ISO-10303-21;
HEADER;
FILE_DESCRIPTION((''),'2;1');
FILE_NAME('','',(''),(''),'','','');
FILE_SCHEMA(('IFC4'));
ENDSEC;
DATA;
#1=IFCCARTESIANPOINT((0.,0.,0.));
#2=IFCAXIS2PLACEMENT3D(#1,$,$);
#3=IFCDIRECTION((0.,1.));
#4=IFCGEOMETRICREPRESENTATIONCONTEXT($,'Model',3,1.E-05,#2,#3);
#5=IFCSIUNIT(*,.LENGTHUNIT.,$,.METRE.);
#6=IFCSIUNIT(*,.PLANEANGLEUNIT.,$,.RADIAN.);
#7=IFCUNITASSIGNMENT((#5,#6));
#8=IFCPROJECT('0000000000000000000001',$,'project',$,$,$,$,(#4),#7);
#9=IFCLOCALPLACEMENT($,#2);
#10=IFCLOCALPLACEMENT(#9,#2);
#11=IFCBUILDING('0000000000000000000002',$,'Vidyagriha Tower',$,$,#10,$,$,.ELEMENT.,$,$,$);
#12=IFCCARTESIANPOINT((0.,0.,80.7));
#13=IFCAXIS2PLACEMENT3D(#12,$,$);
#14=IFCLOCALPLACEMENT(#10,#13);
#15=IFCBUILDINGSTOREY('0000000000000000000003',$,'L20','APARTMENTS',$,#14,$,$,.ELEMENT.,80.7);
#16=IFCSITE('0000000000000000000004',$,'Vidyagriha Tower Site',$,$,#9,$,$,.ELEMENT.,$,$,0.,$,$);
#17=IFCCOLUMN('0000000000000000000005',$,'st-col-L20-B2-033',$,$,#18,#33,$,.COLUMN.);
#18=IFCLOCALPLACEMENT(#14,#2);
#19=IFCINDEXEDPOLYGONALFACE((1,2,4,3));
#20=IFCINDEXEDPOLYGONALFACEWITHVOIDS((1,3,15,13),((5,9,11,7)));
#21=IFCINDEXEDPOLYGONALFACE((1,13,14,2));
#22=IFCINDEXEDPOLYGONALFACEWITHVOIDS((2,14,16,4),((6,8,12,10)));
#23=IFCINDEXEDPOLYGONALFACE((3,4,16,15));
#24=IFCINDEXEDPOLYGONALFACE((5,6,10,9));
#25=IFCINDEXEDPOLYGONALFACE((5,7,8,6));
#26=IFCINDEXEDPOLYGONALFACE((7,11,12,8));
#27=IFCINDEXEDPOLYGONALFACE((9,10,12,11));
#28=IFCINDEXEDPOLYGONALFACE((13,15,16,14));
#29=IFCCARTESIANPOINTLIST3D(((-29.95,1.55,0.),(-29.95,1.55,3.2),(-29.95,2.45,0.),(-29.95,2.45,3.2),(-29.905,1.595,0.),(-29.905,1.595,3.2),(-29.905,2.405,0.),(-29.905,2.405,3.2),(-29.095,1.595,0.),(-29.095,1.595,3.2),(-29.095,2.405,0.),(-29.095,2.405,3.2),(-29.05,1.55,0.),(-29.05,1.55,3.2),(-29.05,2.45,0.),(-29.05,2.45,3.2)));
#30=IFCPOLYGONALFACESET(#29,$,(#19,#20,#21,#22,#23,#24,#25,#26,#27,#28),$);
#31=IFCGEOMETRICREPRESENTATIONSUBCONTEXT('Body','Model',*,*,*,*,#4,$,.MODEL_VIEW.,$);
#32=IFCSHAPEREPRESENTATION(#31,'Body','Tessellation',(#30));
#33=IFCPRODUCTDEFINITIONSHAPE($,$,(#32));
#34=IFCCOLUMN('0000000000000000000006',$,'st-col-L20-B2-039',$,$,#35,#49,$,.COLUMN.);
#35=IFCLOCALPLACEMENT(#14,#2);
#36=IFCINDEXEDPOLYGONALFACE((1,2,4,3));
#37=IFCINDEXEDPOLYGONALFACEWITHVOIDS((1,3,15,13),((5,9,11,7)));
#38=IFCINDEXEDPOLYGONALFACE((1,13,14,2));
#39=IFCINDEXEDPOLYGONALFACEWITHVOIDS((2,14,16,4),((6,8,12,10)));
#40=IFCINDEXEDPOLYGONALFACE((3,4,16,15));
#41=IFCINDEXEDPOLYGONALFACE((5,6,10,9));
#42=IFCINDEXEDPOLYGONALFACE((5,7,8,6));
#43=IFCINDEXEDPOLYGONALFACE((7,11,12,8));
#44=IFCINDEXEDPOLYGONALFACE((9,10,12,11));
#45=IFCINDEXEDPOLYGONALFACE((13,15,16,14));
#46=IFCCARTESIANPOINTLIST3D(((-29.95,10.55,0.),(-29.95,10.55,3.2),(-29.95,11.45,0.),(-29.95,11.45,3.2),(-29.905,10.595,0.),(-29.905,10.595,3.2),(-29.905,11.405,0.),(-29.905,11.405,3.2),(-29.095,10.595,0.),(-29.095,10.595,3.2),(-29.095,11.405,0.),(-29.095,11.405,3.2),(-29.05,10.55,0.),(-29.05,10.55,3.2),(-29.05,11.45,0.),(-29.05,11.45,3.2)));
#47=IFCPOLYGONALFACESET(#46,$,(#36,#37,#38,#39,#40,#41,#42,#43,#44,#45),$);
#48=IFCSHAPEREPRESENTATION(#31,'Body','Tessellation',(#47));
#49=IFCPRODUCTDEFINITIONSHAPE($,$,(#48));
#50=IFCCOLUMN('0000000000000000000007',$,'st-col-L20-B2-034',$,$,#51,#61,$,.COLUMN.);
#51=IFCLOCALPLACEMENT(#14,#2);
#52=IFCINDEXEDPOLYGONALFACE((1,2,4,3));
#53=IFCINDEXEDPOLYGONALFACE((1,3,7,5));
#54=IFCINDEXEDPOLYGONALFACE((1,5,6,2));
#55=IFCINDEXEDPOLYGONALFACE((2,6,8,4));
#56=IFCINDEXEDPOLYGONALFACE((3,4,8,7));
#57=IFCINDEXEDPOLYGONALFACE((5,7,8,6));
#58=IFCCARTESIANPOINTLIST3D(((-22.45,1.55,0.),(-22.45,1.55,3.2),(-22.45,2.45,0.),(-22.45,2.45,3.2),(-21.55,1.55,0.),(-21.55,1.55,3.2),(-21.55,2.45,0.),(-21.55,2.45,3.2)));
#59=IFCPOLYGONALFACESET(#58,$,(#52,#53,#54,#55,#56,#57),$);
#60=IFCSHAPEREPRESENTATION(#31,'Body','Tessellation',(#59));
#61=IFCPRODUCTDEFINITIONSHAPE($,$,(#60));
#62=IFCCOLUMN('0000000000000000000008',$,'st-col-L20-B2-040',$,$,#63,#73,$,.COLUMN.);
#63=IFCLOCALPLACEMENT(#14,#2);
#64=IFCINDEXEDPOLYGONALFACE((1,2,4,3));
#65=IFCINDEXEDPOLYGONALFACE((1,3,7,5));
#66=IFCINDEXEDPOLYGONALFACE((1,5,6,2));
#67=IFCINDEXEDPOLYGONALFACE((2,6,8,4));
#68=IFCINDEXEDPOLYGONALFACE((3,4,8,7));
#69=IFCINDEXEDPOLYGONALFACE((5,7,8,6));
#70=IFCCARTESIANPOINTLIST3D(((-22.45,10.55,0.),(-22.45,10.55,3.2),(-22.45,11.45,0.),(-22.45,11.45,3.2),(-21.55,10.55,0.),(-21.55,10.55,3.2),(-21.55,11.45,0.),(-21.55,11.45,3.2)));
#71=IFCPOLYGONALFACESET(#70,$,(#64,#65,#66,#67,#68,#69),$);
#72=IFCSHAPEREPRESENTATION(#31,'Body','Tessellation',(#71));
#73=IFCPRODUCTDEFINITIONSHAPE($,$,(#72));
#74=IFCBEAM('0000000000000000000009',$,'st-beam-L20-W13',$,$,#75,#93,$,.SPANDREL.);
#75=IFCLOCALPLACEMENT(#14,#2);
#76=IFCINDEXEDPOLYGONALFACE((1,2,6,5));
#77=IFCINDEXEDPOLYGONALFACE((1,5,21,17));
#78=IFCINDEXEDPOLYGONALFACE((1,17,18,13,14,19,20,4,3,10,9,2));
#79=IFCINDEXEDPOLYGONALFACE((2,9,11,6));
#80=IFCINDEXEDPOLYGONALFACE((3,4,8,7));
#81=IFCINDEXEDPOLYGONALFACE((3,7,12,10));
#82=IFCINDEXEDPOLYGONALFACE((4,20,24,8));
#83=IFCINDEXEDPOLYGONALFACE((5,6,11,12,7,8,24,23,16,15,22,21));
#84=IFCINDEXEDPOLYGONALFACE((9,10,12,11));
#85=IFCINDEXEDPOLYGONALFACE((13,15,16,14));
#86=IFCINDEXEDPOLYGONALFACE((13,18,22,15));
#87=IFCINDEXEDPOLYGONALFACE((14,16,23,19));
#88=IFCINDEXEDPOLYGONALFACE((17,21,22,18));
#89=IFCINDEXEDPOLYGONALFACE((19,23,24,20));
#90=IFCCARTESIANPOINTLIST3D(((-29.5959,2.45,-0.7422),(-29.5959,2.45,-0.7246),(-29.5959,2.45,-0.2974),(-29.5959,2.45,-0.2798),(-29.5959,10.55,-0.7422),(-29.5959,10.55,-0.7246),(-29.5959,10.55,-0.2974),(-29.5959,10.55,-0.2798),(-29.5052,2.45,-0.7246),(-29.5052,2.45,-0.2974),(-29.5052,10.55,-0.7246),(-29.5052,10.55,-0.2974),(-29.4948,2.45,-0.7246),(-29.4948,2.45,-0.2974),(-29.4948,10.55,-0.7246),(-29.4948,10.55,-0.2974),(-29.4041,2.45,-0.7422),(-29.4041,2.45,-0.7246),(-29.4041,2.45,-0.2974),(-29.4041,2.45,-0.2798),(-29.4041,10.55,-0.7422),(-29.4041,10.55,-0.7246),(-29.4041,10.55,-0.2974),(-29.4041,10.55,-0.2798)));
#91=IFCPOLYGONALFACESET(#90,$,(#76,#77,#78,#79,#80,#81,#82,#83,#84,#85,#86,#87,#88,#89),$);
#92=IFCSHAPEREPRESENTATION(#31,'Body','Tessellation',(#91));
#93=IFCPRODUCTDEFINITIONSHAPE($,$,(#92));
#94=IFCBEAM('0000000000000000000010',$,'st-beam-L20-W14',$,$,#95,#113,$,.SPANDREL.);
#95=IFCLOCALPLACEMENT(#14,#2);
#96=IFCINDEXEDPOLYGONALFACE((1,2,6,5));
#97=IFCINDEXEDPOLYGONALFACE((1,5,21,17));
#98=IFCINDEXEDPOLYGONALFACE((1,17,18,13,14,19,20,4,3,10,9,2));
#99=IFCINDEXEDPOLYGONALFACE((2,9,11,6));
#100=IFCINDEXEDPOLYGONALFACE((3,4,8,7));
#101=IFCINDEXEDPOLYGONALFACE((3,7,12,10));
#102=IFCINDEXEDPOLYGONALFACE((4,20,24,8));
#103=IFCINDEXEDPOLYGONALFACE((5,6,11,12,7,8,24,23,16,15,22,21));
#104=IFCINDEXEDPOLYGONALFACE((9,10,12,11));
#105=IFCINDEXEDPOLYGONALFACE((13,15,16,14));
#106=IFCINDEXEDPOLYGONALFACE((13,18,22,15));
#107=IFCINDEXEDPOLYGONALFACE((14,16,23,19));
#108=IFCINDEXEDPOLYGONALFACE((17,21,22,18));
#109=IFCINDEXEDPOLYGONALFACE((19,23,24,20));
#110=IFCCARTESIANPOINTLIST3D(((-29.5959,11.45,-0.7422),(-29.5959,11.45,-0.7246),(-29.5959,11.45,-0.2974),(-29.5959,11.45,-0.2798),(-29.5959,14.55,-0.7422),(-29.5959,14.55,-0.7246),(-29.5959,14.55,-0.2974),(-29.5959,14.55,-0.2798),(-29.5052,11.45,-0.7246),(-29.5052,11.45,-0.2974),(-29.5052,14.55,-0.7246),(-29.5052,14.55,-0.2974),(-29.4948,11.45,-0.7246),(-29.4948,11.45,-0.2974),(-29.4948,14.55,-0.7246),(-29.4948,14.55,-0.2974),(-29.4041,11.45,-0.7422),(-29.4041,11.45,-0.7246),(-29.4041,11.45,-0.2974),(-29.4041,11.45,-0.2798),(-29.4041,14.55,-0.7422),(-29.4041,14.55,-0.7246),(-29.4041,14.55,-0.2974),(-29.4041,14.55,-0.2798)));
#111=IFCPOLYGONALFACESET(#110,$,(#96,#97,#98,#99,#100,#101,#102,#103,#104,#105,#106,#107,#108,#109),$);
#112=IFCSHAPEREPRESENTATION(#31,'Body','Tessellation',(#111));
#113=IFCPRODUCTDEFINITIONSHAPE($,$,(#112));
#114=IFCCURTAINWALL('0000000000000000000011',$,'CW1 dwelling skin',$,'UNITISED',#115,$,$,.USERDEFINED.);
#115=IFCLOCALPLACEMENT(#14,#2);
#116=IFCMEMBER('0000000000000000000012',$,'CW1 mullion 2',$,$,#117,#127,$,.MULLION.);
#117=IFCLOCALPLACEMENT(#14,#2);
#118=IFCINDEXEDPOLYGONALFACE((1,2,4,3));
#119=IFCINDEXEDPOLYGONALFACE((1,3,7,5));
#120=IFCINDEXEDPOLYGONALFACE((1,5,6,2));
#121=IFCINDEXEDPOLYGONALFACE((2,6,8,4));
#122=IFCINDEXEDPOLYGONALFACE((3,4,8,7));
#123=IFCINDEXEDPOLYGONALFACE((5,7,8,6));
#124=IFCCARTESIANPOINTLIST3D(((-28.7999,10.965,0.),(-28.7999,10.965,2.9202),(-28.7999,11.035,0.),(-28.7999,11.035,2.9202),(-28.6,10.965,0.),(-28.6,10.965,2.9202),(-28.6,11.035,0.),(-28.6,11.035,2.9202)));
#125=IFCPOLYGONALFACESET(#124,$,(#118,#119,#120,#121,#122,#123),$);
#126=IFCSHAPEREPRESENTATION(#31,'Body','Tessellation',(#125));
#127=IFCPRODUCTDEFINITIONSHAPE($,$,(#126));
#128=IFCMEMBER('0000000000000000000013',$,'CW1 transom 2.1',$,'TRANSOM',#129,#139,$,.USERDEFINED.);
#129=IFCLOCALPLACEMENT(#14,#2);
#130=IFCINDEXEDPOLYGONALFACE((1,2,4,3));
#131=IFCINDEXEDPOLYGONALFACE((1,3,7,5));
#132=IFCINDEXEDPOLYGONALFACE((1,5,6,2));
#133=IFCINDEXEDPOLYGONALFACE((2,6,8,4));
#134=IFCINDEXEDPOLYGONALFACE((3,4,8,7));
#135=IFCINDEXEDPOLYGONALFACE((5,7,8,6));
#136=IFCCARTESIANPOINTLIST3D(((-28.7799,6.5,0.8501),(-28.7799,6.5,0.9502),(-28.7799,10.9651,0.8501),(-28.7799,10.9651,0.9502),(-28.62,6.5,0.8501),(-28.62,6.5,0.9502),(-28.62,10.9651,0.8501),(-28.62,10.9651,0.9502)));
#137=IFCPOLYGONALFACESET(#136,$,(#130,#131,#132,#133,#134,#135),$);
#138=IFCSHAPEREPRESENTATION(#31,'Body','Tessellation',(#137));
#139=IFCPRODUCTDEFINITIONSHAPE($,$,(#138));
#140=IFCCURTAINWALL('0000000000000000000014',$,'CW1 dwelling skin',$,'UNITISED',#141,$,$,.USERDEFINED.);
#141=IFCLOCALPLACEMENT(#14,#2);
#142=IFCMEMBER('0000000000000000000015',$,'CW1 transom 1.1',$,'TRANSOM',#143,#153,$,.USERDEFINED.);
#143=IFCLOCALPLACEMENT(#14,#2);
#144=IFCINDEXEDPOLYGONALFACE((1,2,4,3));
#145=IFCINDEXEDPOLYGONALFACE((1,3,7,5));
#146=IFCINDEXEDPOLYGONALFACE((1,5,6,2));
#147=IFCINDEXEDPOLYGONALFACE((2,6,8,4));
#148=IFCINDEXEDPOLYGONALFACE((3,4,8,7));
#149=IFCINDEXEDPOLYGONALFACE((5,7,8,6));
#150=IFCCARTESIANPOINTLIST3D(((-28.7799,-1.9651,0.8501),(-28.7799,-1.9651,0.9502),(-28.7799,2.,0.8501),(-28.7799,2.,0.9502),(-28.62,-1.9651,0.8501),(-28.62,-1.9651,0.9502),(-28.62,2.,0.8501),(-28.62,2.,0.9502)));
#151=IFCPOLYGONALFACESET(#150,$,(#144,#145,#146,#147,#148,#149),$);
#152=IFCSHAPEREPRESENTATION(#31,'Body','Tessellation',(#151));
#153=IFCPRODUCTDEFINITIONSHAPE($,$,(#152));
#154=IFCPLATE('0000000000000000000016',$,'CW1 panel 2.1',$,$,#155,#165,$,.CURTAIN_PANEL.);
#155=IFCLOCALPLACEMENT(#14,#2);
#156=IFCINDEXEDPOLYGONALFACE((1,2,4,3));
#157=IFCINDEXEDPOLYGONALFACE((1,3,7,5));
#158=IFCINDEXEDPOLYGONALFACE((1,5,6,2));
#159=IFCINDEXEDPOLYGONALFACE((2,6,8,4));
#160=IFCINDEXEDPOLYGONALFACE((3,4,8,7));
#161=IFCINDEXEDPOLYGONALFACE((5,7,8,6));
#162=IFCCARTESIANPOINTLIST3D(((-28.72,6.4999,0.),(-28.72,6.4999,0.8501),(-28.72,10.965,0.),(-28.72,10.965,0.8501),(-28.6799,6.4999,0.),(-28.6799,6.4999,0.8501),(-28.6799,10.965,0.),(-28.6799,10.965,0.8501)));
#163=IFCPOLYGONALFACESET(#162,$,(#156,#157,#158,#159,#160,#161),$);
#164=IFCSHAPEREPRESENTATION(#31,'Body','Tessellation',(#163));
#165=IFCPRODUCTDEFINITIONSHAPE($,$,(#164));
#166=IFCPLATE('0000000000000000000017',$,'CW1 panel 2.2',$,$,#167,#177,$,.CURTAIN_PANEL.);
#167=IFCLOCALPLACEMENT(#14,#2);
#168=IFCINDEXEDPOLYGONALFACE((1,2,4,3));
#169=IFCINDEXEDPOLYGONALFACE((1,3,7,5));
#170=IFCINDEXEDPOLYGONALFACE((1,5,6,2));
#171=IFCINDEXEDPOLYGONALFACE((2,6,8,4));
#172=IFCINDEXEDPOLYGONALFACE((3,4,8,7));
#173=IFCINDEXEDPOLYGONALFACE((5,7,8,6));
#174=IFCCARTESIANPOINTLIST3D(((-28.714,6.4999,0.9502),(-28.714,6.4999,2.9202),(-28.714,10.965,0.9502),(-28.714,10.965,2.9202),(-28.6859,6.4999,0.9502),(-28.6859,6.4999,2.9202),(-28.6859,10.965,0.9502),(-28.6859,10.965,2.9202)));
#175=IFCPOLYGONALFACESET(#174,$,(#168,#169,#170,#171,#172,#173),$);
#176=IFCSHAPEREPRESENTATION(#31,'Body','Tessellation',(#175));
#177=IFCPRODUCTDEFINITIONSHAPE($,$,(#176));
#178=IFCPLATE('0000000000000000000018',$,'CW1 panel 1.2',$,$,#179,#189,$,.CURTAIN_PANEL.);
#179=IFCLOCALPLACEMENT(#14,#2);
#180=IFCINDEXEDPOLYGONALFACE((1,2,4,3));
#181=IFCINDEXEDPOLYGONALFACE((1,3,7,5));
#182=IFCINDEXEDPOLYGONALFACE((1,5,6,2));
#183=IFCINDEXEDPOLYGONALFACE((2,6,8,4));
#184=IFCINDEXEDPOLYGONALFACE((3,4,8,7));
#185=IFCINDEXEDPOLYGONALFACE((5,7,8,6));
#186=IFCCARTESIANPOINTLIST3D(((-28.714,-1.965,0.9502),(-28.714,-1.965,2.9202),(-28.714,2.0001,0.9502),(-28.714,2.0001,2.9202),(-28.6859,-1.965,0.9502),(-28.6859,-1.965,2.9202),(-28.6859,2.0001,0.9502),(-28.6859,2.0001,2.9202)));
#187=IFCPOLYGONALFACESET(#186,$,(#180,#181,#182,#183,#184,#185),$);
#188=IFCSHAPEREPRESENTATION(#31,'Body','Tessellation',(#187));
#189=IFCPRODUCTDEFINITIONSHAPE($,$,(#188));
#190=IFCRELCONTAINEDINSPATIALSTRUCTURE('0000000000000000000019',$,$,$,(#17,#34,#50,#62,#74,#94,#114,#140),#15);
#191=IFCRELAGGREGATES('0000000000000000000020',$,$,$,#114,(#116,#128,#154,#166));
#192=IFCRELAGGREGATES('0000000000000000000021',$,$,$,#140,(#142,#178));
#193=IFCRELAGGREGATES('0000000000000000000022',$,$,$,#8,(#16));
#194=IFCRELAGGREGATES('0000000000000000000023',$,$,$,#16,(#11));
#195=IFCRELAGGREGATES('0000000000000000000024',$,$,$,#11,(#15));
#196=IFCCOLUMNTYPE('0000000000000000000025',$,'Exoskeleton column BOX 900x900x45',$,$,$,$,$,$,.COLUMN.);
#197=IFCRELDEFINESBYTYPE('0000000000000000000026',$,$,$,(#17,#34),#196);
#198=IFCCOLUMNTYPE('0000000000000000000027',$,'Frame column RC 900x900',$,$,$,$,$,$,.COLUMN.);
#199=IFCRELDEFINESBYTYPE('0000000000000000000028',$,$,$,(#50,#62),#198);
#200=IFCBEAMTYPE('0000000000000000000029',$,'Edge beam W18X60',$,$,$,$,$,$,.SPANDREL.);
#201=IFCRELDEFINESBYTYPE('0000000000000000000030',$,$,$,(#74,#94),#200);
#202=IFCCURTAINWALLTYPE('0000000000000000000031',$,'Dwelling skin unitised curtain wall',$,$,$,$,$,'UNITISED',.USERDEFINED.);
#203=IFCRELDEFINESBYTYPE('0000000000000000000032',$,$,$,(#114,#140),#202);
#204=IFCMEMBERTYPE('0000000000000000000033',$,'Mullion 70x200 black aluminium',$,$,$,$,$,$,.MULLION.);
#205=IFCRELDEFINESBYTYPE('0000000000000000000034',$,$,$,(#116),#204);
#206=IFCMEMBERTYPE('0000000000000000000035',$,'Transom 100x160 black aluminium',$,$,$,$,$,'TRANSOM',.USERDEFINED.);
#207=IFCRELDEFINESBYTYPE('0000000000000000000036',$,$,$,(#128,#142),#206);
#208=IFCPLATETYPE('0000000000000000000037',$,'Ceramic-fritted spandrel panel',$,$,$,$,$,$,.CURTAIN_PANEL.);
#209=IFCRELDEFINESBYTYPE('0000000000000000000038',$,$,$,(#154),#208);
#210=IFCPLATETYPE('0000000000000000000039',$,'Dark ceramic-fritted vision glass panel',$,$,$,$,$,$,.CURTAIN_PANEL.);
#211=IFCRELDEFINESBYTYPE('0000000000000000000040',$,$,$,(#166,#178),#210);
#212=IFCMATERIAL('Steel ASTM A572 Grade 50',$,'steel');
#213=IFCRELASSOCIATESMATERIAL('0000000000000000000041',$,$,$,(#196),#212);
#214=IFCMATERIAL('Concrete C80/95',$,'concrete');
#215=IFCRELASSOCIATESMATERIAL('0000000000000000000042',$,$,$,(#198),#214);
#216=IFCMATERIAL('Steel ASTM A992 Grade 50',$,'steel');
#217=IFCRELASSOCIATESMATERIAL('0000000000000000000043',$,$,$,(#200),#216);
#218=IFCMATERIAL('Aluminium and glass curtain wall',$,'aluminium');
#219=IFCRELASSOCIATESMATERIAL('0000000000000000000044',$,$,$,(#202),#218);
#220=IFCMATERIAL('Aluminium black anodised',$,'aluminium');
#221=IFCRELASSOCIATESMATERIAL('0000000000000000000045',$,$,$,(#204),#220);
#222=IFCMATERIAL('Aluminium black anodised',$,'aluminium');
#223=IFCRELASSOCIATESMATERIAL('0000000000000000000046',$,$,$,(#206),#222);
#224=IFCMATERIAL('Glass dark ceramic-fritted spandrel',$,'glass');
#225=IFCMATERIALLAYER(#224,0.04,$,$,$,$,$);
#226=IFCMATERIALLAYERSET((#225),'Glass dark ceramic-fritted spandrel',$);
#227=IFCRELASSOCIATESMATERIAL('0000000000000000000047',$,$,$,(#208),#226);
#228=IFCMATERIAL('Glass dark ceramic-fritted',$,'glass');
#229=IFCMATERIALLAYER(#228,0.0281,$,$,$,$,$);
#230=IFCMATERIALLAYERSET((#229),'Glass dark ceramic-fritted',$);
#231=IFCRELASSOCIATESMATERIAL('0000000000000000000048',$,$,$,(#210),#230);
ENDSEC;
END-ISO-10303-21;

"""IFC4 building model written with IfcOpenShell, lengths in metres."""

from ifc_helpers import new_model, si_unit, direction, frame, origin, origin_2d, place, context, subcontext, project, spatial, rectangle, hollow_rectangle, i_section, extrude, material, layer, layer_set, material_profile, profile_set, type_object, element, aggregate, save


model = new_model("IFC4")

# Units and contexts
model_context = context("Model", 3, precision=1e-05, world=origin(), true_north=direction((0.0, 1.0)))
body_context = subcontext(model_context, "Body", "Model", "MODEL_VIEW")
ifc_project = project(units=[si_unit("LENGTHUNIT", "METRE"), si_unit("PLANEANGLEUNIT", "RADIAN")], contexts=[model_context])

# Site, building, storey
site_placement = place(None, origin())
site = spatial("IfcSite", under=ifc_project, at=site_placement, Name="Vidyagriha Tower Site", CompositionType="ELEMENT", RefElevation=0.0)
building_placement = place(site_placement, origin())
building = spatial("IfcBuilding", under=site, at=building_placement, Name="Vidyagriha Tower", CompositionType="ELEMENT")
storey_placement = place(building_placement, frame((0.0, 0.0, 80.7)))
storey = spatial("IfcBuildingStorey", under=building, at=storey_placement, Name="L20", Description="APARTMENTS", CompositionType="ELEMENT", Elevation=80.7)

# Columns
ifc_material_1 = material(Name="Steel ASTM A572 Grade 50", Category="steel")
ifc_material_profile_1 = material_profile(ifc_material_1, hollow_rectangle(XDim=0.8999, YDim=0.8999, WallThickness=0.0449, at=origin_2d()), Name="BOX 900x900x45")
ifc_profile_set_1 = profile_set([ifc_material_profile_1], Name="Steel ASTM A572 Grade 50")
column_type_1 = type_object("IfcColumnType", Name="Exoskeleton column BOX 900x900x45", PredefinedType="COLUMN", material=ifc_profile_set_1)
for number, where, name in (
    (1, (-29.5, 2.0, 0.0), "st-col-L20-B2-033"),
    (2, (-29.5, 11.0, 0.0), "st-col-L20-B2-039"),
):
    element("IfcColumn", number, at=place(storey_placement, frame(where)), inside=storey, type_object=column_type_1, Name=name, PredefinedType="COLUMN", context=body_context, shape_type="SweptSolid", body=[
        extrude(hollow_rectangle(XDim=0.8999, YDim=0.8999, WallThickness=0.0449, at=origin_2d()), origin(), (0.0, 0.0, 1.0), 3.2),
    ])
ifc_material_2 = material(Name="Concrete C80/95", Category="concrete")
ifc_material_profile_2 = material_profile(ifc_material_2, rectangle(XDim=0.8999, YDim=0.8999, at=origin_2d()), Name="RC 900x900")
ifc_profile_set_2 = profile_set([ifc_material_profile_2], Name="Concrete C80/95")
column_type_2 = type_object("IfcColumnType", Name="Frame column RC 900x900", PredefinedType="COLUMN", material=ifc_profile_set_2)
for number, where, name in (
    (3, (-22.0, 2.0, 0.0), "st-col-L20-B2-034"),
    (4, (-22.0, 11.0, 0.0), "st-col-L20-B2-040"),
):
    element("IfcColumn", number, at=place(storey_placement, frame(where)), inside=storey, type_object=column_type_2, Name=name, PredefinedType="COLUMN", context=body_context, shape_type="SweptSolid", body=[
        extrude(rectangle(XDim=0.8999, YDim=0.8999, at=origin_2d()), origin(), (0.0, 0.0, 1.0), 3.2),
    ])

# Beams
ifc_material_3 = material(Name="Steel ASTM A992 Grade 50", Category="steel")
ifc_material_profile_3 = material_profile(ifc_material_3, i_section(OverallWidth=0.1919, OverallDepth=0.4624, WebThickness=0.0105, FlangeThickness=0.0176, at=origin_2d()), Name="W18X60")
ifc_profile_set_3 = profile_set([ifc_material_profile_3], Name="Steel ASTM A992 Grade 50")
beam_type = type_object("IfcBeamType", Name="Edge beam W18X60", PredefinedType="SPANDREL", material=ifc_profile_set_3)
beam_1_placement = place(storey_placement, frame((-29.5, 2.45, -0.511), z_axis=(0.0, 1.0, 0.0), x_axis=(-1.0, 0.0, 0.0)))
element("IfcBeam", 5, at=beam_1_placement, inside=storey, type_object=beam_type, Name="st-beam-L20-W13", PredefinedType="SPANDREL", context=body_context, shape_type="SweptSolid", body=[
    extrude(i_section(OverallWidth=0.1919, OverallDepth=0.4624, WebThickness=0.0105, FlangeThickness=0.0176, at=origin_2d()), origin(), (0.0, 0.0, 1.0), 8.1001),
])
beam_2_placement = place(storey_placement, frame((-29.5, 11.45, -0.511), z_axis=(0.0, 1.0, 0.0), x_axis=(-1.0, 0.0, 0.0)))
element("IfcBeam", 6, at=beam_2_placement, inside=storey, type_object=beam_type, Name="st-beam-L20-W14", PredefinedType="SPANDREL", context=body_context, shape_type="SweptSolid", body=[
    extrude(i_section(OverallWidth=0.1919, OverallDepth=0.4624, WebThickness=0.0105, FlangeThickness=0.0176, at=origin_2d()), origin(), (0.0, 0.0, 1.0), 3.1001),
])

# Curtain wall, members
ifc_material_4 = material(Name="Aluminium and glass curtain wall", Category="aluminium")
curtain_wall_type = type_object("IfcCurtainWallType", Name="Dwelling skin unitised curtain wall", ElementType="UNITISED", PredefinedType="USERDEFINED", material=ifc_material_4)
curtain_wall_1_placement = place(storey_placement, origin())
curtain_wall_1 = element("IfcCurtainWall", 7, at=curtain_wall_1_placement, inside=storey, type_object=curtain_wall_type, Name="CW1 dwelling skin", ObjectType="UNITISED", PredefinedType="USERDEFINED")
ifc_material_5 = material(Name="Aluminium black anodised", Category="aluminium")
ifc_material_profile_4 = material_profile(ifc_material_5, rectangle(XDim=0.2, YDim=0.0701, at=origin_2d()), Name="Mullion 70x200 black aluminium")
ifc_profile_set_4 = profile_set([ifc_material_profile_4], Name="Aluminium black anodised")
member_type_1 = type_object("IfcMemberType", Name="Mullion 70x200 black aluminium", PredefinedType="MULLION", material=ifc_profile_set_4)
member_1_placement = place(storey_placement, frame((-28.7, 11.0, 0.0)))
member_1 = element("IfcMember", 8, at=member_1_placement, type_object=member_type_1, Name="CW1 mullion 2", PredefinedType="MULLION", context=body_context, shape_type="SweptSolid", body=[
    extrude(rectangle(XDim=0.2, YDim=0.0701, at=origin_2d()), origin(), (0.0, 0.0, 1.0), 2.9202),
])
ifc_material_6 = material(Name="Aluminium black anodised", Category="aluminium")
ifc_material_profile_5 = material_profile(ifc_material_6, rectangle(XDim=0.1599, YDim=0.1001, at=origin_2d()), Name="Transom 100x160 black aluminium")
ifc_profile_set_5 = profile_set([ifc_material_profile_5], Name="Aluminium black anodised")
member_type_2 = type_object("IfcMemberType", Name="Transom 100x160 black aluminium", ElementType="TRANSOM", PredefinedType="USERDEFINED", material=ifc_profile_set_5)
member_2_placement = place(storey_placement, frame((-28.7, 10.9651, 0.9001), z_axis=(0.0, -1.0, 0.0), x_axis=(1.0, 0.0, 0.0)))
member_2 = element("IfcMember", 9, at=member_2_placement, type_object=member_type_2, Name="CW1 transom 2.1", ObjectType="TRANSOM", PredefinedType="USERDEFINED", context=body_context, shape_type="SweptSolid", body=[
    extrude(rectangle(XDim=0.1599, YDim=0.1001, at=origin_2d()), origin(), (0.0, 0.0, 1.0), 4.4651),
])

# Curtain wall, member
curtain_wall_2_placement = place(storey_placement, origin())
curtain_wall_2 = element("IfcCurtainWall", 10, at=curtain_wall_2_placement, inside=storey, type_object=curtain_wall_type, Name="CW1 dwelling skin", ObjectType="UNITISED", PredefinedType="USERDEFINED")
member_3_placement = place(storey_placement, frame((-28.7, 2.0, 0.9001), z_axis=(0.0, -1.0, 0.0), x_axis=(1.0, 0.0, 0.0)))
member_3 = element("IfcMember", 11, at=member_3_placement, type_object=member_type_2, Name="CW1 transom 1.1", ObjectType="TRANSOM", PredefinedType="USERDEFINED", context=body_context, shape_type="SweptSolid", body=[
    extrude(rectangle(XDim=0.1599, YDim=0.1001, at=origin_2d()), origin(), (0.0, 0.0, 1.0), 3.9651),
])

# Plates
ifc_material_7 = material(Name="Glass dark ceramic-fritted spandrel", Category="glass")
ifc_layer_1 = layer(ifc_material_7, 0.04)
ifc_layer_set_1 = layer_set([ifc_layer_1], Name="Glass dark ceramic-fritted spandrel")
plate_type_1 = type_object("IfcPlateType", Name="Ceramic-fritted spandrel panel", PredefinedType="CURTAIN_PANEL", material=ifc_layer_set_1)
plate_1_placement = place(storey_placement, frame((-28.7, 8.7324, 0.0), z_axis=(0.0, 0.0, 1.0), x_axis=(0.0, -1.0, 0.0)))
plate_1 = element("IfcPlate", 12, at=plate_1_placement, type_object=plate_type_1, Name="CW1 panel 2.1", PredefinedType="CURTAIN_PANEL", context=body_context, shape_type="SweptSolid", body=[
    extrude(rectangle(XDim=4.4651, YDim=0.04, at=origin_2d()), origin(), (0.0, 0.0, 1.0), 0.8501),
])
ifc_material_8 = material(Name="Glass dark ceramic-fritted", Category="glass")
ifc_layer_2 = layer(ifc_material_8, 0.0281)
ifc_layer_set_2 = layer_set([ifc_layer_2], Name="Glass dark ceramic-fritted")
plate_type_2 = type_object("IfcPlateType", Name="Dark ceramic-fritted vision glass panel", PredefinedType="CURTAIN_PANEL", material=ifc_layer_set_2)
plate_2_placement = place(storey_placement, frame((-28.7, 8.7324, 0.9502), z_axis=(0.0, 0.0, 1.0), x_axis=(0.0, -1.0, 0.0)))
plate_2 = element("IfcPlate", 13, at=plate_2_placement, type_object=plate_type_2, Name="CW1 panel 2.2", PredefinedType="CURTAIN_PANEL", context=body_context, shape_type="SweptSolid", body=[
    extrude(rectangle(XDim=4.4651, YDim=0.0281, at=origin_2d()), origin(), (0.0, 0.0, 1.0), 1.97),
])
aggregate(curtain_wall_1, [member_1, member_2, plate_1, plate_2])
plate_3_placement = place(storey_placement, frame((-28.7, 0.0176, 0.9502), z_axis=(0.0, 0.0, 1.0), x_axis=(0.0, -1.0, 0.0)))
plate_3 = element("IfcPlate", 14, at=plate_3_placement, type_object=plate_type_2, Name="CW1 panel 1.2", PredefinedType="CURTAIN_PANEL", context=body_context, shape_type="SweptSolid", body=[
    extrude(rectangle(XDim=3.9651, YDim=0.0281, at=origin_2d()), origin(), (0.0, 0.0, 1.0), 1.97),
])
aggregate(curtain_wall_2, [member_3, plate_3])

save(model, "model.ifc")
